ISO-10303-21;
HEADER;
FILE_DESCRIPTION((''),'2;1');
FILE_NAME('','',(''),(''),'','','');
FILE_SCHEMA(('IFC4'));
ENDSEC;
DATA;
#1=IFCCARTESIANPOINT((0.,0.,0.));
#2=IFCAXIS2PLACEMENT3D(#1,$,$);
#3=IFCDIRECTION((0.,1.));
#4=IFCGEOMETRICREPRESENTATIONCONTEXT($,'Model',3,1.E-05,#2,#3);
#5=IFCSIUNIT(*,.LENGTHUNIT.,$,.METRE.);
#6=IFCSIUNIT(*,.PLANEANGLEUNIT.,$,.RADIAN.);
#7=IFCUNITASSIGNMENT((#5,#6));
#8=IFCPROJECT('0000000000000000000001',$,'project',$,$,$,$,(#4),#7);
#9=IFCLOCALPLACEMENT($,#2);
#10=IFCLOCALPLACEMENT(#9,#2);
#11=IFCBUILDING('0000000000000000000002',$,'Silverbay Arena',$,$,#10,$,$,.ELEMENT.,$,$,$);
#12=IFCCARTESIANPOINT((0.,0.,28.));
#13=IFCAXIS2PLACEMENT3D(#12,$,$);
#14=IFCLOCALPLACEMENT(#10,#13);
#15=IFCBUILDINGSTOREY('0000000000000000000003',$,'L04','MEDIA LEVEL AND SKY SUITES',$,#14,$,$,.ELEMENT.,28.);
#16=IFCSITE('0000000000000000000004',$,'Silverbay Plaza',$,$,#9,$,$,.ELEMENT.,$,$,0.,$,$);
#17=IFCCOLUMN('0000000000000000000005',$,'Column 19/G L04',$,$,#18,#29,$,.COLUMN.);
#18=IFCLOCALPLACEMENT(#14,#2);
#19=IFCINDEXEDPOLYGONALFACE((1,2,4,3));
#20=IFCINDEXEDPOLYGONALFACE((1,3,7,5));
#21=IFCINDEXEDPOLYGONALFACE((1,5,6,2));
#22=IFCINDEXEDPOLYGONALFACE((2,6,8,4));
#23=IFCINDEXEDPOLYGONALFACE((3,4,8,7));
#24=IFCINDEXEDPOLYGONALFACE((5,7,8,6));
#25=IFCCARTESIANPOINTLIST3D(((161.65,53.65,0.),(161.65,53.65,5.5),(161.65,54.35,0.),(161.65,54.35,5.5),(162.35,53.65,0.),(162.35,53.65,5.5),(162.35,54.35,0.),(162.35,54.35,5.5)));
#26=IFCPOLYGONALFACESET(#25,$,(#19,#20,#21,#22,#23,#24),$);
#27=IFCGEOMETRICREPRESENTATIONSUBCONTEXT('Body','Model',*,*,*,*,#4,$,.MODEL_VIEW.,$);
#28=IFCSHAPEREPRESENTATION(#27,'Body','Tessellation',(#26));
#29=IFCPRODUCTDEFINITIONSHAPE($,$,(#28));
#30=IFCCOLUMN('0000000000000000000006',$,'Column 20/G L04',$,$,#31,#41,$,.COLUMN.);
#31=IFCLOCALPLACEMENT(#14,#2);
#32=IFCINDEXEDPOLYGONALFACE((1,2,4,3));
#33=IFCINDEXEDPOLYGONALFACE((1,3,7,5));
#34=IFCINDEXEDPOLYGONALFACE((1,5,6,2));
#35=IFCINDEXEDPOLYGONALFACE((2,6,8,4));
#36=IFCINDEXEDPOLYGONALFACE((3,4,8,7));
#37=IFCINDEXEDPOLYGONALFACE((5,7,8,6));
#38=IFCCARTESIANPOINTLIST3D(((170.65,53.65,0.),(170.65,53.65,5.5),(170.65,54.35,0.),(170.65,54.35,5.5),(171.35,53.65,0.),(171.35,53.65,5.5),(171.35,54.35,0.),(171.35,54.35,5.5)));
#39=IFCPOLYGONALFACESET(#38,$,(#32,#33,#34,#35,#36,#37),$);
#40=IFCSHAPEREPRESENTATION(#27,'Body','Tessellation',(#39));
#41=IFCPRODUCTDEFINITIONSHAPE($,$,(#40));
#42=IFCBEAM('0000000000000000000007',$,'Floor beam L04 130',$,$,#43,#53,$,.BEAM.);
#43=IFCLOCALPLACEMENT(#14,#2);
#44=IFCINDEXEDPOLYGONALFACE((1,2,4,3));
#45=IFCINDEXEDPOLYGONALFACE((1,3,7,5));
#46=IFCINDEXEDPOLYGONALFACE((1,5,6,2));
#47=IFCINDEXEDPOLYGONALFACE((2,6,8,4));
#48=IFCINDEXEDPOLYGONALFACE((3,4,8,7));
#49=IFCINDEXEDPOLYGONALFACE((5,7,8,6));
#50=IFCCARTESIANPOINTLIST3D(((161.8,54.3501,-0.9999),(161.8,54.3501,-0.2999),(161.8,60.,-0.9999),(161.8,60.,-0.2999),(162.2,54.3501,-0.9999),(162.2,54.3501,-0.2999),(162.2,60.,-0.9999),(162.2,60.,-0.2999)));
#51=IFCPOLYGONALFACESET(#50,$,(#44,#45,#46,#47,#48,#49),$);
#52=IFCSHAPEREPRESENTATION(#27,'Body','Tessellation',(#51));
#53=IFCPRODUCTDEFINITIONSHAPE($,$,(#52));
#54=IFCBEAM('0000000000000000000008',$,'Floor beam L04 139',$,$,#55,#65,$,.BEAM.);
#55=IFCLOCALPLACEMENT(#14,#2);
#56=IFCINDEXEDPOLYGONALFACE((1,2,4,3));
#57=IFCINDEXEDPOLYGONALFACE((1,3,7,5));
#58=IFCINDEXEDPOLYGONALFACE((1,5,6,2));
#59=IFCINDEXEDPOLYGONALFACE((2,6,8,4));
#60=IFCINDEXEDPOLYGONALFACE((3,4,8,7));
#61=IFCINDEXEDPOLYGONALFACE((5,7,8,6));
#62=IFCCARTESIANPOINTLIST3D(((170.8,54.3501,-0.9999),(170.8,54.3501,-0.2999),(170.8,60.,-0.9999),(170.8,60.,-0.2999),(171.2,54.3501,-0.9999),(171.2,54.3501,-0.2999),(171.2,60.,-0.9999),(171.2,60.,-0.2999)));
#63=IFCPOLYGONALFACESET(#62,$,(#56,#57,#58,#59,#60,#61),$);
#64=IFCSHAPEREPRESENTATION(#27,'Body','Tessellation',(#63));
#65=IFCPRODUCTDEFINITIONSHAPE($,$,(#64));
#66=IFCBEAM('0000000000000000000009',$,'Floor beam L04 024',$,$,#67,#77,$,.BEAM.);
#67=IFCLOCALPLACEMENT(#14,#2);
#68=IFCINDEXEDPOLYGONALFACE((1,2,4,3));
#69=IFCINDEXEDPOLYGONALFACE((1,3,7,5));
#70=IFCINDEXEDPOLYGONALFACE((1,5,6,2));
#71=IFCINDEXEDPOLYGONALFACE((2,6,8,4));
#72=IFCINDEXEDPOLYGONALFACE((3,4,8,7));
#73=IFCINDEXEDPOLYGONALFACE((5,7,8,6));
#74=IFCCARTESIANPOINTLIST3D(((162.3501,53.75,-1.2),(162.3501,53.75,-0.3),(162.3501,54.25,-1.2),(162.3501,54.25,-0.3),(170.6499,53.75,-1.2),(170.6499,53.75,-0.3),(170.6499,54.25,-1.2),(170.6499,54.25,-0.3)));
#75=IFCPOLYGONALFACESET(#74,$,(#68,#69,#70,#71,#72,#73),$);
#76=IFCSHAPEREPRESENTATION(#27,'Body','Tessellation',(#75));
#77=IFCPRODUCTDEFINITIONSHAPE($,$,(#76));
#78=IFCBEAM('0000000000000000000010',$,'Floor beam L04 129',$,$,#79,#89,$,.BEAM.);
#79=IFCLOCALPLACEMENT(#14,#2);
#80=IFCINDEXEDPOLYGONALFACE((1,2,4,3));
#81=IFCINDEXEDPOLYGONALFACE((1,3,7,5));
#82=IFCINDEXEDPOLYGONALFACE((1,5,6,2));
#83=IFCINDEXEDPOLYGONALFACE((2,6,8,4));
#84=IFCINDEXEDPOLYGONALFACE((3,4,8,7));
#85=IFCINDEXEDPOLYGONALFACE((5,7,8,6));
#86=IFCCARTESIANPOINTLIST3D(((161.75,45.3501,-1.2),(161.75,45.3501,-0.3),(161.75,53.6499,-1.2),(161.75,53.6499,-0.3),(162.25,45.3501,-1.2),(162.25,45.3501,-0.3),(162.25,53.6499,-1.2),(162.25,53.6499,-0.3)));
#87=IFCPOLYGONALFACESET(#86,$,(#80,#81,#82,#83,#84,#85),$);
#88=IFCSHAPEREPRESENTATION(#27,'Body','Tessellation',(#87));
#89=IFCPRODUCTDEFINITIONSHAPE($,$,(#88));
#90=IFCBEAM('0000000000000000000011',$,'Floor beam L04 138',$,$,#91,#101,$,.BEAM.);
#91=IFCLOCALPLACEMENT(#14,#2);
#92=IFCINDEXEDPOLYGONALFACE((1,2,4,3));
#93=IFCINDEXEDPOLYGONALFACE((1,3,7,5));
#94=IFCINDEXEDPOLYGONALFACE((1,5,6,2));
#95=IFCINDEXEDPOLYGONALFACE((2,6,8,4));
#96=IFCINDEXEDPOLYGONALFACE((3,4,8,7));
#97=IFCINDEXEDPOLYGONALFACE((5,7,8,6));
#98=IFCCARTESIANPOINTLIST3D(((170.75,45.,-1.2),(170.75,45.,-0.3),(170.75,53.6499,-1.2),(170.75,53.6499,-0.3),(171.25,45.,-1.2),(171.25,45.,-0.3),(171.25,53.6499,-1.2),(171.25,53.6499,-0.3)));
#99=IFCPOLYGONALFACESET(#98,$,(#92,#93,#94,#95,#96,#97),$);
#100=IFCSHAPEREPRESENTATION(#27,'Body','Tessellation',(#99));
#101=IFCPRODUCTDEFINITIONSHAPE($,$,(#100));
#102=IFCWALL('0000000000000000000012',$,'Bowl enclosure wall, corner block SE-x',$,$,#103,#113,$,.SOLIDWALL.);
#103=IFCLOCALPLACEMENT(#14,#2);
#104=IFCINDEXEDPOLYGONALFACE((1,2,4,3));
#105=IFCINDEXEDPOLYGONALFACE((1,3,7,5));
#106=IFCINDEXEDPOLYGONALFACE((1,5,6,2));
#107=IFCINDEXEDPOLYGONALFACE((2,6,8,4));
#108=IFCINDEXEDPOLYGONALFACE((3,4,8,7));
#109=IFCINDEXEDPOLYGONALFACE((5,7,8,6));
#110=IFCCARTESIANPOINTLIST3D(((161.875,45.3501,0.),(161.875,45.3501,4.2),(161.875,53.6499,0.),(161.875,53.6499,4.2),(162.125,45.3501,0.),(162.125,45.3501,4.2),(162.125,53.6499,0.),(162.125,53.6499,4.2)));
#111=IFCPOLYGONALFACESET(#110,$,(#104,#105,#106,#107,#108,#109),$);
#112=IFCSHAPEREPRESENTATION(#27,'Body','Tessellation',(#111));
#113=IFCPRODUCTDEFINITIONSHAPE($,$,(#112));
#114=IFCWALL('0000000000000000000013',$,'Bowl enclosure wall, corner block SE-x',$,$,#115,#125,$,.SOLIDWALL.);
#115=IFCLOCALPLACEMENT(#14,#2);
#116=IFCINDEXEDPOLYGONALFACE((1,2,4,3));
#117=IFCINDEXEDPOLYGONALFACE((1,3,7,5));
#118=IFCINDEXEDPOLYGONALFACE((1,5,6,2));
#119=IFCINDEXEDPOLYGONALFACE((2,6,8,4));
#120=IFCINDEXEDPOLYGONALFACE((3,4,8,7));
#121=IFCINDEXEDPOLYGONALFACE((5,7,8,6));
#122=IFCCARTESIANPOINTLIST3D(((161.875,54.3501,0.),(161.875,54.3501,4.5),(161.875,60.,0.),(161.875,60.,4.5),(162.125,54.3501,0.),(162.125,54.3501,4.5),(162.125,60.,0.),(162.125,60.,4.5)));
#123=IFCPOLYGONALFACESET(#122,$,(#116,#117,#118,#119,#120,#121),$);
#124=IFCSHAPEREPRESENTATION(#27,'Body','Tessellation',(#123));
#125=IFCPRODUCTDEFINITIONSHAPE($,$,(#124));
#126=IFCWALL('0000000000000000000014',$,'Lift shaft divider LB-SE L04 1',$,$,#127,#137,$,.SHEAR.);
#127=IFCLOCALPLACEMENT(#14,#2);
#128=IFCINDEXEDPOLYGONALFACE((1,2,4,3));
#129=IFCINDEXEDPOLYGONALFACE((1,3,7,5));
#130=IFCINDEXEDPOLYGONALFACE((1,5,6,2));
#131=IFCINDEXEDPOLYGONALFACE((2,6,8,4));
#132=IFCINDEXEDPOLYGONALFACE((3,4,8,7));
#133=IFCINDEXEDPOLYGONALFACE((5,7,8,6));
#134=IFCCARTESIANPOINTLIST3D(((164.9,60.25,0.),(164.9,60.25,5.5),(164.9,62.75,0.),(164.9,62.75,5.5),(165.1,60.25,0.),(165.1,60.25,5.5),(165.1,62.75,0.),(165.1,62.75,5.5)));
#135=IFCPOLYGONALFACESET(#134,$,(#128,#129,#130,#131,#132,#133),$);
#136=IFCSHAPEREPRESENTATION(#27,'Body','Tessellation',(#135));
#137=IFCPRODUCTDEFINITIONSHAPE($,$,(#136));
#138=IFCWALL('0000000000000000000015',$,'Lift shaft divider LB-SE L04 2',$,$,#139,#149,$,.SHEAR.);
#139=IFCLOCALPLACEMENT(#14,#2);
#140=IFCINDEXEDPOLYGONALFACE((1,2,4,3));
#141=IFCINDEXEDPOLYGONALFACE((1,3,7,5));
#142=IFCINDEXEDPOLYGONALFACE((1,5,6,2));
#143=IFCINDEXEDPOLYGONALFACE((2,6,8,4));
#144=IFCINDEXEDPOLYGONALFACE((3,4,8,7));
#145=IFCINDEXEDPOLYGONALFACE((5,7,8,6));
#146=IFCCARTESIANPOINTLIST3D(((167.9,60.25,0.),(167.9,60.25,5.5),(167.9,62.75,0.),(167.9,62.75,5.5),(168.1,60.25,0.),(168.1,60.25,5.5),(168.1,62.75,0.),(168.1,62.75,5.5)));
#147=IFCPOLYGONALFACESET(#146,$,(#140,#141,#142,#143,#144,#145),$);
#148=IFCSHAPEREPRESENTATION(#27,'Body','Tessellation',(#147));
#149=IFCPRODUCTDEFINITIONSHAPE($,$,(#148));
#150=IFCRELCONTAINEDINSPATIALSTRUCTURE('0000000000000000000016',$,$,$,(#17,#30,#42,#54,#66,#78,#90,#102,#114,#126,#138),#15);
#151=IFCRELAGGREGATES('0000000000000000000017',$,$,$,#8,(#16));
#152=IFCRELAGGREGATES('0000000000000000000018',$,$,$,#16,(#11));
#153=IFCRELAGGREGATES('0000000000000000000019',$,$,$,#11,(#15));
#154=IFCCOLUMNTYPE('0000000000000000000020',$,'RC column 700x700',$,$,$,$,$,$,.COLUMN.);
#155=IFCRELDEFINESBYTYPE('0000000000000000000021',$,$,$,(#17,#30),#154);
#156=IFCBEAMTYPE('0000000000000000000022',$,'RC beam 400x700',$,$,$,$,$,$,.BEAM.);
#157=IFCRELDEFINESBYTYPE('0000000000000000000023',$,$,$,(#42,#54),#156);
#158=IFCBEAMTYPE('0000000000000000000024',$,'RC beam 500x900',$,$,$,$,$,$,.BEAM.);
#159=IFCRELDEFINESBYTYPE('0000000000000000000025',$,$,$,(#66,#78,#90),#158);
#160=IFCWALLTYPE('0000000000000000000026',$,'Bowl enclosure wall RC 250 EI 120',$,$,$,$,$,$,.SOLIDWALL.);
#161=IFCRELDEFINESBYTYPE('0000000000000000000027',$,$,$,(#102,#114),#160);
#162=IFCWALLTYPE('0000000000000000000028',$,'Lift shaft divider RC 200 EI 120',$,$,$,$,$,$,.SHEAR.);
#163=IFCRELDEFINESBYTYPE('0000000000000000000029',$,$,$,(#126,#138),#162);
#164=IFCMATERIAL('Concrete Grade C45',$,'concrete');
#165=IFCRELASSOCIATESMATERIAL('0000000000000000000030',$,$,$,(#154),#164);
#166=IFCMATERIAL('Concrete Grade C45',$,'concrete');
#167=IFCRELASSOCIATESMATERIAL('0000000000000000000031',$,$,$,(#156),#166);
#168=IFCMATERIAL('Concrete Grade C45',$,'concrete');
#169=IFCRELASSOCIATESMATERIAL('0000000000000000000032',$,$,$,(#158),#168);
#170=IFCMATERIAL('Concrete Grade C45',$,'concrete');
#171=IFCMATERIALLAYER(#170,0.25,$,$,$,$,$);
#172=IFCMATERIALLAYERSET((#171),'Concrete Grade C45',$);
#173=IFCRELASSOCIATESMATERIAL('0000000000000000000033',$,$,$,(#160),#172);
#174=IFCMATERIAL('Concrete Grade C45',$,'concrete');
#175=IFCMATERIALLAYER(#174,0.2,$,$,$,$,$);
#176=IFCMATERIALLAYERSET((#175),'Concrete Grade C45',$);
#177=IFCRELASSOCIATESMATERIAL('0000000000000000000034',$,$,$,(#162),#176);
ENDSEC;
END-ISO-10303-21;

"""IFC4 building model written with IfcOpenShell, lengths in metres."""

from ifc_helpers import new_model, si_unit, direction, frame, frame_2d, origin, origin_2d, place, context, subcontext, project, spatial, rectangle, extrude, material, layer, layer_set, material_profile, profile_set, type_object, element, save


model = new_model("IFC4")

# Units and contexts
model_context = context("Model", 3, precision=1e-05, world=origin(), true_north=direction((0.0, 1.0)))
body_context = subcontext(model_context, "Body", "Model", "MODEL_VIEW")
ifc_project = project(units=[si_unit("LENGTHUNIT", "METRE"), si_unit("PLANEANGLEUNIT", "RADIAN")], contexts=[model_context])

# Site, building, storey
site_placement = place(None, origin())
site = spatial("IfcSite", under=ifc_project, at=site_placement, Name="Silverbay Plaza", CompositionType="ELEMENT", RefElevation=0.0)
building_placement = place(site_placement, origin())
building = spatial("IfcBuilding", under=site, at=building_placement, Name="Silverbay Arena", CompositionType="ELEMENT")
storey_placement = place(building_placement, frame((0.0, 0.0, 28.0)))
storey = spatial("IfcBuildingStorey", under=building, at=storey_placement, Name="L04", Description="MEDIA LEVEL AND SKY SUITES", CompositionType="ELEMENT", Elevation=28.0)

# Columns
ifc_material_1 = material(Name="Concrete Grade C45", Category="concrete")
ifc_material_profile_1 = material_profile(ifc_material_1, rectangle(XDim=0.7, YDim=0.7, at=origin_2d()), Name="RC 700x700")
ifc_profile_set_1 = profile_set([ifc_material_profile_1], Name="Concrete Grade C45")
column_type = type_object("IfcColumnType", Name="RC column 700x700", PredefinedType="COLUMN", material=ifc_profile_set_1)
for number, where, z_axis, x_axis, name in (
    (1, (162.0, 54.0, 0.0), (0.0, 0.0, 1.0), (1.0, 0.0, 0.0), "Column 19/G L04"),
    (2, (171.0, 54.0, 0.0), (0.0, 0.0, 1.0), (1.0, 0.0, 0.0), "Column 20/G L04"),
):
    element("IfcColumn", number, at=place(storey_placement, frame(where, z_axis=z_axis, x_axis=x_axis)), inside=storey, type_object=column_type, Name=name, PredefinedType="COLUMN", context=body_context, shape_type="SweptSolid", body=[
        extrude(rectangle(XDim=0.7, YDim=0.7, at=origin_2d()), origin(), (0.0, 0.0, 1.0), 5.5),
    ])

# Beams
ifc_material_2 = material(Name="Concrete Grade C45", Category="concrete")
ifc_material_profile_2 = material_profile(ifc_material_2, rectangle(XDim=0.3999, YDim=0.7, at=origin_2d()), Name="RC 400x700")
ifc_profile_set_2 = profile_set([ifc_material_profile_2], Name="Concrete Grade C45")
beam_type_1 = type_object("IfcBeamType", Name="RC beam 400x700", PredefinedType="BEAM", material=ifc_profile_set_2)
for number, where, z_axis, x_axis, name in (
    (3, (162.0, 54.3501, -0.6499), (0.0, 1.0, 0.0), (-1.0, 0.0, 0.0), "Floor beam L04 130"),
    (4, (171.0, 54.3501, -0.6499), (0.0, 1.0, 0.0), (-1.0, 0.0, 0.0), "Floor beam L04 139"),
):
    element("IfcBeam", number, at=place(storey_placement, frame(where, z_axis=z_axis, x_axis=x_axis)), inside=storey, type_object=beam_type_1, Name=name, PredefinedType="BEAM", context=body_context, shape_type="SweptSolid", body=[
        extrude(rectangle(XDim=0.3999, YDim=0.7, at=origin_2d()), origin(), (0.0, 0.0, 1.0), 5.6499),
    ])
ifc_material_3 = material(Name="Concrete Grade C45", Category="concrete")
ifc_material_profile_3 = material_profile(ifc_material_3, rectangle(XDim=0.5, YDim=0.8999, at=origin_2d()), Name="RC 500x900")
ifc_profile_set_3 = profile_set([ifc_material_profile_3], Name="Concrete Grade C45")
beam_type_2 = type_object("IfcBeamType", Name="RC beam 500x900", PredefinedType="BEAM", material=ifc_profile_set_3)
for number, where, z_axis, x_axis, name in (
    (5, (162.3501, 54.0, -0.75), (1.0, 0.0, 0.0), (0.0, 1.0, 0.0), "Floor beam L04 024"),
    (6, (162.0, 45.3501, -0.75), (0.0, 1.0, 0.0), (-1.0, 0.0, 0.0), "Floor beam L04 129"),
):
    element("IfcBeam", number, at=place(storey_placement, frame(where, z_axis=z_axis, x_axis=x_axis)), inside=storey, type_object=beam_type_2, Name=name, PredefinedType="BEAM", context=body_context, shape_type="SweptSolid", body=[
        extrude(rectangle(XDim=0.5, YDim=0.8999, at=origin_2d()), origin(), (0.0, 0.0, 1.0), 8.2998),
    ])
beam_placement = place(storey_placement, frame((171.0, 45.0, -0.75), z_axis=(0.0, 1.0, 0.0), x_axis=(-1.0, 0.0, 0.0)))
element("IfcBeam", 7, at=beam_placement, inside=storey, type_object=beam_type_2, Name="Floor beam L04 138", PredefinedType="BEAM", context=body_context, shape_type="SweptSolid", body=[
    extrude(rectangle(XDim=0.5, YDim=0.8999, at=origin_2d()), origin(), (0.0, 0.0, 1.0), 8.6499),
])

# Walls
ifc_material_4 = material(Name="Concrete Grade C45", Category="concrete")
ifc_layer_1 = layer(ifc_material_4, 0.25)
ifc_layer_set_1 = layer_set([ifc_layer_1], Name="Concrete Grade C45")
wall_type_1 = type_object("IfcWallType", Name="Bowl enclosure wall RC 250 EI 120", PredefinedType="SOLIDWALL", material=ifc_layer_set_1)
wall_1_placement = place(storey_placement, frame((162.0, 45.3501, 0.0), z_axis=(0.0, 0.0, 1.0), x_axis=(0.0, 1.0, 0.0)))
element("IfcWall", 8, at=wall_1_placement, inside=storey, type_object=wall_type_1, Name="Bowl enclosure wall, corner block SE-x", PredefinedType="SOLIDWALL", context=body_context, shape_type="SweptSolid", body=[
    extrude(rectangle(XDim=8.2998, YDim=0.25, at=frame_2d((4.1499, 0.0))), origin(), (0.0, 0.0, 1.0), 4.2),
])
wall_2_placement = place(storey_placement, frame((162.0, 54.3501, 0.0), z_axis=(0.0, 0.0, 1.0), x_axis=(0.0, 1.0, 0.0)))
element("IfcWall", 9, at=wall_2_placement, inside=storey, type_object=wall_type_1, Name="Bowl enclosure wall, corner block SE-x", PredefinedType="SOLIDWALL", context=body_context, shape_type="SweptSolid", body=[
    extrude(rectangle(XDim=5.6499, YDim=0.25, at=frame_2d((2.825, 0.0))), origin(), (0.0, 0.0, 1.0), 4.5),
])
ifc_material_5 = material(Name="Concrete Grade C45", Category="concrete")
ifc_layer_2 = layer(ifc_material_5, 0.2)
ifc_layer_set_2 = layer_set([ifc_layer_2], Name="Concrete Grade C45")
wall_type_2 = type_object("IfcWallType", Name="Lift shaft divider RC 200 EI 120", PredefinedType="SHEAR", material=ifc_layer_set_2)
for number, where, z_axis, x_axis, name in (
    (10, (165.0, 60.25, 0.0), (0.0, 0.0, 1.0), (0.0, 1.0, 0.0), "Lift shaft divider LB-SE L04 1"),
    (11, (168.0, 60.25, 0.0), (0.0, 0.0, 1.0), (0.0, 1.0, 0.0), "Lift shaft divider LB-SE L04 2"),
):
    element("IfcWall", number, at=place(storey_placement, frame(where, z_axis=z_axis, x_axis=x_axis)), inside=storey, type_object=wall_type_2, Name=name, PredefinedType="SHEAR", context=body_context, shape_type="SweptSolid", body=[
        extrude(rectangle(XDim=2.5, YDim=0.2, at=frame_2d((1.25, 0.0))), origin(), (0.0, 0.0, 1.0), 5.5),
    ])

save(model, "model.ifc")
